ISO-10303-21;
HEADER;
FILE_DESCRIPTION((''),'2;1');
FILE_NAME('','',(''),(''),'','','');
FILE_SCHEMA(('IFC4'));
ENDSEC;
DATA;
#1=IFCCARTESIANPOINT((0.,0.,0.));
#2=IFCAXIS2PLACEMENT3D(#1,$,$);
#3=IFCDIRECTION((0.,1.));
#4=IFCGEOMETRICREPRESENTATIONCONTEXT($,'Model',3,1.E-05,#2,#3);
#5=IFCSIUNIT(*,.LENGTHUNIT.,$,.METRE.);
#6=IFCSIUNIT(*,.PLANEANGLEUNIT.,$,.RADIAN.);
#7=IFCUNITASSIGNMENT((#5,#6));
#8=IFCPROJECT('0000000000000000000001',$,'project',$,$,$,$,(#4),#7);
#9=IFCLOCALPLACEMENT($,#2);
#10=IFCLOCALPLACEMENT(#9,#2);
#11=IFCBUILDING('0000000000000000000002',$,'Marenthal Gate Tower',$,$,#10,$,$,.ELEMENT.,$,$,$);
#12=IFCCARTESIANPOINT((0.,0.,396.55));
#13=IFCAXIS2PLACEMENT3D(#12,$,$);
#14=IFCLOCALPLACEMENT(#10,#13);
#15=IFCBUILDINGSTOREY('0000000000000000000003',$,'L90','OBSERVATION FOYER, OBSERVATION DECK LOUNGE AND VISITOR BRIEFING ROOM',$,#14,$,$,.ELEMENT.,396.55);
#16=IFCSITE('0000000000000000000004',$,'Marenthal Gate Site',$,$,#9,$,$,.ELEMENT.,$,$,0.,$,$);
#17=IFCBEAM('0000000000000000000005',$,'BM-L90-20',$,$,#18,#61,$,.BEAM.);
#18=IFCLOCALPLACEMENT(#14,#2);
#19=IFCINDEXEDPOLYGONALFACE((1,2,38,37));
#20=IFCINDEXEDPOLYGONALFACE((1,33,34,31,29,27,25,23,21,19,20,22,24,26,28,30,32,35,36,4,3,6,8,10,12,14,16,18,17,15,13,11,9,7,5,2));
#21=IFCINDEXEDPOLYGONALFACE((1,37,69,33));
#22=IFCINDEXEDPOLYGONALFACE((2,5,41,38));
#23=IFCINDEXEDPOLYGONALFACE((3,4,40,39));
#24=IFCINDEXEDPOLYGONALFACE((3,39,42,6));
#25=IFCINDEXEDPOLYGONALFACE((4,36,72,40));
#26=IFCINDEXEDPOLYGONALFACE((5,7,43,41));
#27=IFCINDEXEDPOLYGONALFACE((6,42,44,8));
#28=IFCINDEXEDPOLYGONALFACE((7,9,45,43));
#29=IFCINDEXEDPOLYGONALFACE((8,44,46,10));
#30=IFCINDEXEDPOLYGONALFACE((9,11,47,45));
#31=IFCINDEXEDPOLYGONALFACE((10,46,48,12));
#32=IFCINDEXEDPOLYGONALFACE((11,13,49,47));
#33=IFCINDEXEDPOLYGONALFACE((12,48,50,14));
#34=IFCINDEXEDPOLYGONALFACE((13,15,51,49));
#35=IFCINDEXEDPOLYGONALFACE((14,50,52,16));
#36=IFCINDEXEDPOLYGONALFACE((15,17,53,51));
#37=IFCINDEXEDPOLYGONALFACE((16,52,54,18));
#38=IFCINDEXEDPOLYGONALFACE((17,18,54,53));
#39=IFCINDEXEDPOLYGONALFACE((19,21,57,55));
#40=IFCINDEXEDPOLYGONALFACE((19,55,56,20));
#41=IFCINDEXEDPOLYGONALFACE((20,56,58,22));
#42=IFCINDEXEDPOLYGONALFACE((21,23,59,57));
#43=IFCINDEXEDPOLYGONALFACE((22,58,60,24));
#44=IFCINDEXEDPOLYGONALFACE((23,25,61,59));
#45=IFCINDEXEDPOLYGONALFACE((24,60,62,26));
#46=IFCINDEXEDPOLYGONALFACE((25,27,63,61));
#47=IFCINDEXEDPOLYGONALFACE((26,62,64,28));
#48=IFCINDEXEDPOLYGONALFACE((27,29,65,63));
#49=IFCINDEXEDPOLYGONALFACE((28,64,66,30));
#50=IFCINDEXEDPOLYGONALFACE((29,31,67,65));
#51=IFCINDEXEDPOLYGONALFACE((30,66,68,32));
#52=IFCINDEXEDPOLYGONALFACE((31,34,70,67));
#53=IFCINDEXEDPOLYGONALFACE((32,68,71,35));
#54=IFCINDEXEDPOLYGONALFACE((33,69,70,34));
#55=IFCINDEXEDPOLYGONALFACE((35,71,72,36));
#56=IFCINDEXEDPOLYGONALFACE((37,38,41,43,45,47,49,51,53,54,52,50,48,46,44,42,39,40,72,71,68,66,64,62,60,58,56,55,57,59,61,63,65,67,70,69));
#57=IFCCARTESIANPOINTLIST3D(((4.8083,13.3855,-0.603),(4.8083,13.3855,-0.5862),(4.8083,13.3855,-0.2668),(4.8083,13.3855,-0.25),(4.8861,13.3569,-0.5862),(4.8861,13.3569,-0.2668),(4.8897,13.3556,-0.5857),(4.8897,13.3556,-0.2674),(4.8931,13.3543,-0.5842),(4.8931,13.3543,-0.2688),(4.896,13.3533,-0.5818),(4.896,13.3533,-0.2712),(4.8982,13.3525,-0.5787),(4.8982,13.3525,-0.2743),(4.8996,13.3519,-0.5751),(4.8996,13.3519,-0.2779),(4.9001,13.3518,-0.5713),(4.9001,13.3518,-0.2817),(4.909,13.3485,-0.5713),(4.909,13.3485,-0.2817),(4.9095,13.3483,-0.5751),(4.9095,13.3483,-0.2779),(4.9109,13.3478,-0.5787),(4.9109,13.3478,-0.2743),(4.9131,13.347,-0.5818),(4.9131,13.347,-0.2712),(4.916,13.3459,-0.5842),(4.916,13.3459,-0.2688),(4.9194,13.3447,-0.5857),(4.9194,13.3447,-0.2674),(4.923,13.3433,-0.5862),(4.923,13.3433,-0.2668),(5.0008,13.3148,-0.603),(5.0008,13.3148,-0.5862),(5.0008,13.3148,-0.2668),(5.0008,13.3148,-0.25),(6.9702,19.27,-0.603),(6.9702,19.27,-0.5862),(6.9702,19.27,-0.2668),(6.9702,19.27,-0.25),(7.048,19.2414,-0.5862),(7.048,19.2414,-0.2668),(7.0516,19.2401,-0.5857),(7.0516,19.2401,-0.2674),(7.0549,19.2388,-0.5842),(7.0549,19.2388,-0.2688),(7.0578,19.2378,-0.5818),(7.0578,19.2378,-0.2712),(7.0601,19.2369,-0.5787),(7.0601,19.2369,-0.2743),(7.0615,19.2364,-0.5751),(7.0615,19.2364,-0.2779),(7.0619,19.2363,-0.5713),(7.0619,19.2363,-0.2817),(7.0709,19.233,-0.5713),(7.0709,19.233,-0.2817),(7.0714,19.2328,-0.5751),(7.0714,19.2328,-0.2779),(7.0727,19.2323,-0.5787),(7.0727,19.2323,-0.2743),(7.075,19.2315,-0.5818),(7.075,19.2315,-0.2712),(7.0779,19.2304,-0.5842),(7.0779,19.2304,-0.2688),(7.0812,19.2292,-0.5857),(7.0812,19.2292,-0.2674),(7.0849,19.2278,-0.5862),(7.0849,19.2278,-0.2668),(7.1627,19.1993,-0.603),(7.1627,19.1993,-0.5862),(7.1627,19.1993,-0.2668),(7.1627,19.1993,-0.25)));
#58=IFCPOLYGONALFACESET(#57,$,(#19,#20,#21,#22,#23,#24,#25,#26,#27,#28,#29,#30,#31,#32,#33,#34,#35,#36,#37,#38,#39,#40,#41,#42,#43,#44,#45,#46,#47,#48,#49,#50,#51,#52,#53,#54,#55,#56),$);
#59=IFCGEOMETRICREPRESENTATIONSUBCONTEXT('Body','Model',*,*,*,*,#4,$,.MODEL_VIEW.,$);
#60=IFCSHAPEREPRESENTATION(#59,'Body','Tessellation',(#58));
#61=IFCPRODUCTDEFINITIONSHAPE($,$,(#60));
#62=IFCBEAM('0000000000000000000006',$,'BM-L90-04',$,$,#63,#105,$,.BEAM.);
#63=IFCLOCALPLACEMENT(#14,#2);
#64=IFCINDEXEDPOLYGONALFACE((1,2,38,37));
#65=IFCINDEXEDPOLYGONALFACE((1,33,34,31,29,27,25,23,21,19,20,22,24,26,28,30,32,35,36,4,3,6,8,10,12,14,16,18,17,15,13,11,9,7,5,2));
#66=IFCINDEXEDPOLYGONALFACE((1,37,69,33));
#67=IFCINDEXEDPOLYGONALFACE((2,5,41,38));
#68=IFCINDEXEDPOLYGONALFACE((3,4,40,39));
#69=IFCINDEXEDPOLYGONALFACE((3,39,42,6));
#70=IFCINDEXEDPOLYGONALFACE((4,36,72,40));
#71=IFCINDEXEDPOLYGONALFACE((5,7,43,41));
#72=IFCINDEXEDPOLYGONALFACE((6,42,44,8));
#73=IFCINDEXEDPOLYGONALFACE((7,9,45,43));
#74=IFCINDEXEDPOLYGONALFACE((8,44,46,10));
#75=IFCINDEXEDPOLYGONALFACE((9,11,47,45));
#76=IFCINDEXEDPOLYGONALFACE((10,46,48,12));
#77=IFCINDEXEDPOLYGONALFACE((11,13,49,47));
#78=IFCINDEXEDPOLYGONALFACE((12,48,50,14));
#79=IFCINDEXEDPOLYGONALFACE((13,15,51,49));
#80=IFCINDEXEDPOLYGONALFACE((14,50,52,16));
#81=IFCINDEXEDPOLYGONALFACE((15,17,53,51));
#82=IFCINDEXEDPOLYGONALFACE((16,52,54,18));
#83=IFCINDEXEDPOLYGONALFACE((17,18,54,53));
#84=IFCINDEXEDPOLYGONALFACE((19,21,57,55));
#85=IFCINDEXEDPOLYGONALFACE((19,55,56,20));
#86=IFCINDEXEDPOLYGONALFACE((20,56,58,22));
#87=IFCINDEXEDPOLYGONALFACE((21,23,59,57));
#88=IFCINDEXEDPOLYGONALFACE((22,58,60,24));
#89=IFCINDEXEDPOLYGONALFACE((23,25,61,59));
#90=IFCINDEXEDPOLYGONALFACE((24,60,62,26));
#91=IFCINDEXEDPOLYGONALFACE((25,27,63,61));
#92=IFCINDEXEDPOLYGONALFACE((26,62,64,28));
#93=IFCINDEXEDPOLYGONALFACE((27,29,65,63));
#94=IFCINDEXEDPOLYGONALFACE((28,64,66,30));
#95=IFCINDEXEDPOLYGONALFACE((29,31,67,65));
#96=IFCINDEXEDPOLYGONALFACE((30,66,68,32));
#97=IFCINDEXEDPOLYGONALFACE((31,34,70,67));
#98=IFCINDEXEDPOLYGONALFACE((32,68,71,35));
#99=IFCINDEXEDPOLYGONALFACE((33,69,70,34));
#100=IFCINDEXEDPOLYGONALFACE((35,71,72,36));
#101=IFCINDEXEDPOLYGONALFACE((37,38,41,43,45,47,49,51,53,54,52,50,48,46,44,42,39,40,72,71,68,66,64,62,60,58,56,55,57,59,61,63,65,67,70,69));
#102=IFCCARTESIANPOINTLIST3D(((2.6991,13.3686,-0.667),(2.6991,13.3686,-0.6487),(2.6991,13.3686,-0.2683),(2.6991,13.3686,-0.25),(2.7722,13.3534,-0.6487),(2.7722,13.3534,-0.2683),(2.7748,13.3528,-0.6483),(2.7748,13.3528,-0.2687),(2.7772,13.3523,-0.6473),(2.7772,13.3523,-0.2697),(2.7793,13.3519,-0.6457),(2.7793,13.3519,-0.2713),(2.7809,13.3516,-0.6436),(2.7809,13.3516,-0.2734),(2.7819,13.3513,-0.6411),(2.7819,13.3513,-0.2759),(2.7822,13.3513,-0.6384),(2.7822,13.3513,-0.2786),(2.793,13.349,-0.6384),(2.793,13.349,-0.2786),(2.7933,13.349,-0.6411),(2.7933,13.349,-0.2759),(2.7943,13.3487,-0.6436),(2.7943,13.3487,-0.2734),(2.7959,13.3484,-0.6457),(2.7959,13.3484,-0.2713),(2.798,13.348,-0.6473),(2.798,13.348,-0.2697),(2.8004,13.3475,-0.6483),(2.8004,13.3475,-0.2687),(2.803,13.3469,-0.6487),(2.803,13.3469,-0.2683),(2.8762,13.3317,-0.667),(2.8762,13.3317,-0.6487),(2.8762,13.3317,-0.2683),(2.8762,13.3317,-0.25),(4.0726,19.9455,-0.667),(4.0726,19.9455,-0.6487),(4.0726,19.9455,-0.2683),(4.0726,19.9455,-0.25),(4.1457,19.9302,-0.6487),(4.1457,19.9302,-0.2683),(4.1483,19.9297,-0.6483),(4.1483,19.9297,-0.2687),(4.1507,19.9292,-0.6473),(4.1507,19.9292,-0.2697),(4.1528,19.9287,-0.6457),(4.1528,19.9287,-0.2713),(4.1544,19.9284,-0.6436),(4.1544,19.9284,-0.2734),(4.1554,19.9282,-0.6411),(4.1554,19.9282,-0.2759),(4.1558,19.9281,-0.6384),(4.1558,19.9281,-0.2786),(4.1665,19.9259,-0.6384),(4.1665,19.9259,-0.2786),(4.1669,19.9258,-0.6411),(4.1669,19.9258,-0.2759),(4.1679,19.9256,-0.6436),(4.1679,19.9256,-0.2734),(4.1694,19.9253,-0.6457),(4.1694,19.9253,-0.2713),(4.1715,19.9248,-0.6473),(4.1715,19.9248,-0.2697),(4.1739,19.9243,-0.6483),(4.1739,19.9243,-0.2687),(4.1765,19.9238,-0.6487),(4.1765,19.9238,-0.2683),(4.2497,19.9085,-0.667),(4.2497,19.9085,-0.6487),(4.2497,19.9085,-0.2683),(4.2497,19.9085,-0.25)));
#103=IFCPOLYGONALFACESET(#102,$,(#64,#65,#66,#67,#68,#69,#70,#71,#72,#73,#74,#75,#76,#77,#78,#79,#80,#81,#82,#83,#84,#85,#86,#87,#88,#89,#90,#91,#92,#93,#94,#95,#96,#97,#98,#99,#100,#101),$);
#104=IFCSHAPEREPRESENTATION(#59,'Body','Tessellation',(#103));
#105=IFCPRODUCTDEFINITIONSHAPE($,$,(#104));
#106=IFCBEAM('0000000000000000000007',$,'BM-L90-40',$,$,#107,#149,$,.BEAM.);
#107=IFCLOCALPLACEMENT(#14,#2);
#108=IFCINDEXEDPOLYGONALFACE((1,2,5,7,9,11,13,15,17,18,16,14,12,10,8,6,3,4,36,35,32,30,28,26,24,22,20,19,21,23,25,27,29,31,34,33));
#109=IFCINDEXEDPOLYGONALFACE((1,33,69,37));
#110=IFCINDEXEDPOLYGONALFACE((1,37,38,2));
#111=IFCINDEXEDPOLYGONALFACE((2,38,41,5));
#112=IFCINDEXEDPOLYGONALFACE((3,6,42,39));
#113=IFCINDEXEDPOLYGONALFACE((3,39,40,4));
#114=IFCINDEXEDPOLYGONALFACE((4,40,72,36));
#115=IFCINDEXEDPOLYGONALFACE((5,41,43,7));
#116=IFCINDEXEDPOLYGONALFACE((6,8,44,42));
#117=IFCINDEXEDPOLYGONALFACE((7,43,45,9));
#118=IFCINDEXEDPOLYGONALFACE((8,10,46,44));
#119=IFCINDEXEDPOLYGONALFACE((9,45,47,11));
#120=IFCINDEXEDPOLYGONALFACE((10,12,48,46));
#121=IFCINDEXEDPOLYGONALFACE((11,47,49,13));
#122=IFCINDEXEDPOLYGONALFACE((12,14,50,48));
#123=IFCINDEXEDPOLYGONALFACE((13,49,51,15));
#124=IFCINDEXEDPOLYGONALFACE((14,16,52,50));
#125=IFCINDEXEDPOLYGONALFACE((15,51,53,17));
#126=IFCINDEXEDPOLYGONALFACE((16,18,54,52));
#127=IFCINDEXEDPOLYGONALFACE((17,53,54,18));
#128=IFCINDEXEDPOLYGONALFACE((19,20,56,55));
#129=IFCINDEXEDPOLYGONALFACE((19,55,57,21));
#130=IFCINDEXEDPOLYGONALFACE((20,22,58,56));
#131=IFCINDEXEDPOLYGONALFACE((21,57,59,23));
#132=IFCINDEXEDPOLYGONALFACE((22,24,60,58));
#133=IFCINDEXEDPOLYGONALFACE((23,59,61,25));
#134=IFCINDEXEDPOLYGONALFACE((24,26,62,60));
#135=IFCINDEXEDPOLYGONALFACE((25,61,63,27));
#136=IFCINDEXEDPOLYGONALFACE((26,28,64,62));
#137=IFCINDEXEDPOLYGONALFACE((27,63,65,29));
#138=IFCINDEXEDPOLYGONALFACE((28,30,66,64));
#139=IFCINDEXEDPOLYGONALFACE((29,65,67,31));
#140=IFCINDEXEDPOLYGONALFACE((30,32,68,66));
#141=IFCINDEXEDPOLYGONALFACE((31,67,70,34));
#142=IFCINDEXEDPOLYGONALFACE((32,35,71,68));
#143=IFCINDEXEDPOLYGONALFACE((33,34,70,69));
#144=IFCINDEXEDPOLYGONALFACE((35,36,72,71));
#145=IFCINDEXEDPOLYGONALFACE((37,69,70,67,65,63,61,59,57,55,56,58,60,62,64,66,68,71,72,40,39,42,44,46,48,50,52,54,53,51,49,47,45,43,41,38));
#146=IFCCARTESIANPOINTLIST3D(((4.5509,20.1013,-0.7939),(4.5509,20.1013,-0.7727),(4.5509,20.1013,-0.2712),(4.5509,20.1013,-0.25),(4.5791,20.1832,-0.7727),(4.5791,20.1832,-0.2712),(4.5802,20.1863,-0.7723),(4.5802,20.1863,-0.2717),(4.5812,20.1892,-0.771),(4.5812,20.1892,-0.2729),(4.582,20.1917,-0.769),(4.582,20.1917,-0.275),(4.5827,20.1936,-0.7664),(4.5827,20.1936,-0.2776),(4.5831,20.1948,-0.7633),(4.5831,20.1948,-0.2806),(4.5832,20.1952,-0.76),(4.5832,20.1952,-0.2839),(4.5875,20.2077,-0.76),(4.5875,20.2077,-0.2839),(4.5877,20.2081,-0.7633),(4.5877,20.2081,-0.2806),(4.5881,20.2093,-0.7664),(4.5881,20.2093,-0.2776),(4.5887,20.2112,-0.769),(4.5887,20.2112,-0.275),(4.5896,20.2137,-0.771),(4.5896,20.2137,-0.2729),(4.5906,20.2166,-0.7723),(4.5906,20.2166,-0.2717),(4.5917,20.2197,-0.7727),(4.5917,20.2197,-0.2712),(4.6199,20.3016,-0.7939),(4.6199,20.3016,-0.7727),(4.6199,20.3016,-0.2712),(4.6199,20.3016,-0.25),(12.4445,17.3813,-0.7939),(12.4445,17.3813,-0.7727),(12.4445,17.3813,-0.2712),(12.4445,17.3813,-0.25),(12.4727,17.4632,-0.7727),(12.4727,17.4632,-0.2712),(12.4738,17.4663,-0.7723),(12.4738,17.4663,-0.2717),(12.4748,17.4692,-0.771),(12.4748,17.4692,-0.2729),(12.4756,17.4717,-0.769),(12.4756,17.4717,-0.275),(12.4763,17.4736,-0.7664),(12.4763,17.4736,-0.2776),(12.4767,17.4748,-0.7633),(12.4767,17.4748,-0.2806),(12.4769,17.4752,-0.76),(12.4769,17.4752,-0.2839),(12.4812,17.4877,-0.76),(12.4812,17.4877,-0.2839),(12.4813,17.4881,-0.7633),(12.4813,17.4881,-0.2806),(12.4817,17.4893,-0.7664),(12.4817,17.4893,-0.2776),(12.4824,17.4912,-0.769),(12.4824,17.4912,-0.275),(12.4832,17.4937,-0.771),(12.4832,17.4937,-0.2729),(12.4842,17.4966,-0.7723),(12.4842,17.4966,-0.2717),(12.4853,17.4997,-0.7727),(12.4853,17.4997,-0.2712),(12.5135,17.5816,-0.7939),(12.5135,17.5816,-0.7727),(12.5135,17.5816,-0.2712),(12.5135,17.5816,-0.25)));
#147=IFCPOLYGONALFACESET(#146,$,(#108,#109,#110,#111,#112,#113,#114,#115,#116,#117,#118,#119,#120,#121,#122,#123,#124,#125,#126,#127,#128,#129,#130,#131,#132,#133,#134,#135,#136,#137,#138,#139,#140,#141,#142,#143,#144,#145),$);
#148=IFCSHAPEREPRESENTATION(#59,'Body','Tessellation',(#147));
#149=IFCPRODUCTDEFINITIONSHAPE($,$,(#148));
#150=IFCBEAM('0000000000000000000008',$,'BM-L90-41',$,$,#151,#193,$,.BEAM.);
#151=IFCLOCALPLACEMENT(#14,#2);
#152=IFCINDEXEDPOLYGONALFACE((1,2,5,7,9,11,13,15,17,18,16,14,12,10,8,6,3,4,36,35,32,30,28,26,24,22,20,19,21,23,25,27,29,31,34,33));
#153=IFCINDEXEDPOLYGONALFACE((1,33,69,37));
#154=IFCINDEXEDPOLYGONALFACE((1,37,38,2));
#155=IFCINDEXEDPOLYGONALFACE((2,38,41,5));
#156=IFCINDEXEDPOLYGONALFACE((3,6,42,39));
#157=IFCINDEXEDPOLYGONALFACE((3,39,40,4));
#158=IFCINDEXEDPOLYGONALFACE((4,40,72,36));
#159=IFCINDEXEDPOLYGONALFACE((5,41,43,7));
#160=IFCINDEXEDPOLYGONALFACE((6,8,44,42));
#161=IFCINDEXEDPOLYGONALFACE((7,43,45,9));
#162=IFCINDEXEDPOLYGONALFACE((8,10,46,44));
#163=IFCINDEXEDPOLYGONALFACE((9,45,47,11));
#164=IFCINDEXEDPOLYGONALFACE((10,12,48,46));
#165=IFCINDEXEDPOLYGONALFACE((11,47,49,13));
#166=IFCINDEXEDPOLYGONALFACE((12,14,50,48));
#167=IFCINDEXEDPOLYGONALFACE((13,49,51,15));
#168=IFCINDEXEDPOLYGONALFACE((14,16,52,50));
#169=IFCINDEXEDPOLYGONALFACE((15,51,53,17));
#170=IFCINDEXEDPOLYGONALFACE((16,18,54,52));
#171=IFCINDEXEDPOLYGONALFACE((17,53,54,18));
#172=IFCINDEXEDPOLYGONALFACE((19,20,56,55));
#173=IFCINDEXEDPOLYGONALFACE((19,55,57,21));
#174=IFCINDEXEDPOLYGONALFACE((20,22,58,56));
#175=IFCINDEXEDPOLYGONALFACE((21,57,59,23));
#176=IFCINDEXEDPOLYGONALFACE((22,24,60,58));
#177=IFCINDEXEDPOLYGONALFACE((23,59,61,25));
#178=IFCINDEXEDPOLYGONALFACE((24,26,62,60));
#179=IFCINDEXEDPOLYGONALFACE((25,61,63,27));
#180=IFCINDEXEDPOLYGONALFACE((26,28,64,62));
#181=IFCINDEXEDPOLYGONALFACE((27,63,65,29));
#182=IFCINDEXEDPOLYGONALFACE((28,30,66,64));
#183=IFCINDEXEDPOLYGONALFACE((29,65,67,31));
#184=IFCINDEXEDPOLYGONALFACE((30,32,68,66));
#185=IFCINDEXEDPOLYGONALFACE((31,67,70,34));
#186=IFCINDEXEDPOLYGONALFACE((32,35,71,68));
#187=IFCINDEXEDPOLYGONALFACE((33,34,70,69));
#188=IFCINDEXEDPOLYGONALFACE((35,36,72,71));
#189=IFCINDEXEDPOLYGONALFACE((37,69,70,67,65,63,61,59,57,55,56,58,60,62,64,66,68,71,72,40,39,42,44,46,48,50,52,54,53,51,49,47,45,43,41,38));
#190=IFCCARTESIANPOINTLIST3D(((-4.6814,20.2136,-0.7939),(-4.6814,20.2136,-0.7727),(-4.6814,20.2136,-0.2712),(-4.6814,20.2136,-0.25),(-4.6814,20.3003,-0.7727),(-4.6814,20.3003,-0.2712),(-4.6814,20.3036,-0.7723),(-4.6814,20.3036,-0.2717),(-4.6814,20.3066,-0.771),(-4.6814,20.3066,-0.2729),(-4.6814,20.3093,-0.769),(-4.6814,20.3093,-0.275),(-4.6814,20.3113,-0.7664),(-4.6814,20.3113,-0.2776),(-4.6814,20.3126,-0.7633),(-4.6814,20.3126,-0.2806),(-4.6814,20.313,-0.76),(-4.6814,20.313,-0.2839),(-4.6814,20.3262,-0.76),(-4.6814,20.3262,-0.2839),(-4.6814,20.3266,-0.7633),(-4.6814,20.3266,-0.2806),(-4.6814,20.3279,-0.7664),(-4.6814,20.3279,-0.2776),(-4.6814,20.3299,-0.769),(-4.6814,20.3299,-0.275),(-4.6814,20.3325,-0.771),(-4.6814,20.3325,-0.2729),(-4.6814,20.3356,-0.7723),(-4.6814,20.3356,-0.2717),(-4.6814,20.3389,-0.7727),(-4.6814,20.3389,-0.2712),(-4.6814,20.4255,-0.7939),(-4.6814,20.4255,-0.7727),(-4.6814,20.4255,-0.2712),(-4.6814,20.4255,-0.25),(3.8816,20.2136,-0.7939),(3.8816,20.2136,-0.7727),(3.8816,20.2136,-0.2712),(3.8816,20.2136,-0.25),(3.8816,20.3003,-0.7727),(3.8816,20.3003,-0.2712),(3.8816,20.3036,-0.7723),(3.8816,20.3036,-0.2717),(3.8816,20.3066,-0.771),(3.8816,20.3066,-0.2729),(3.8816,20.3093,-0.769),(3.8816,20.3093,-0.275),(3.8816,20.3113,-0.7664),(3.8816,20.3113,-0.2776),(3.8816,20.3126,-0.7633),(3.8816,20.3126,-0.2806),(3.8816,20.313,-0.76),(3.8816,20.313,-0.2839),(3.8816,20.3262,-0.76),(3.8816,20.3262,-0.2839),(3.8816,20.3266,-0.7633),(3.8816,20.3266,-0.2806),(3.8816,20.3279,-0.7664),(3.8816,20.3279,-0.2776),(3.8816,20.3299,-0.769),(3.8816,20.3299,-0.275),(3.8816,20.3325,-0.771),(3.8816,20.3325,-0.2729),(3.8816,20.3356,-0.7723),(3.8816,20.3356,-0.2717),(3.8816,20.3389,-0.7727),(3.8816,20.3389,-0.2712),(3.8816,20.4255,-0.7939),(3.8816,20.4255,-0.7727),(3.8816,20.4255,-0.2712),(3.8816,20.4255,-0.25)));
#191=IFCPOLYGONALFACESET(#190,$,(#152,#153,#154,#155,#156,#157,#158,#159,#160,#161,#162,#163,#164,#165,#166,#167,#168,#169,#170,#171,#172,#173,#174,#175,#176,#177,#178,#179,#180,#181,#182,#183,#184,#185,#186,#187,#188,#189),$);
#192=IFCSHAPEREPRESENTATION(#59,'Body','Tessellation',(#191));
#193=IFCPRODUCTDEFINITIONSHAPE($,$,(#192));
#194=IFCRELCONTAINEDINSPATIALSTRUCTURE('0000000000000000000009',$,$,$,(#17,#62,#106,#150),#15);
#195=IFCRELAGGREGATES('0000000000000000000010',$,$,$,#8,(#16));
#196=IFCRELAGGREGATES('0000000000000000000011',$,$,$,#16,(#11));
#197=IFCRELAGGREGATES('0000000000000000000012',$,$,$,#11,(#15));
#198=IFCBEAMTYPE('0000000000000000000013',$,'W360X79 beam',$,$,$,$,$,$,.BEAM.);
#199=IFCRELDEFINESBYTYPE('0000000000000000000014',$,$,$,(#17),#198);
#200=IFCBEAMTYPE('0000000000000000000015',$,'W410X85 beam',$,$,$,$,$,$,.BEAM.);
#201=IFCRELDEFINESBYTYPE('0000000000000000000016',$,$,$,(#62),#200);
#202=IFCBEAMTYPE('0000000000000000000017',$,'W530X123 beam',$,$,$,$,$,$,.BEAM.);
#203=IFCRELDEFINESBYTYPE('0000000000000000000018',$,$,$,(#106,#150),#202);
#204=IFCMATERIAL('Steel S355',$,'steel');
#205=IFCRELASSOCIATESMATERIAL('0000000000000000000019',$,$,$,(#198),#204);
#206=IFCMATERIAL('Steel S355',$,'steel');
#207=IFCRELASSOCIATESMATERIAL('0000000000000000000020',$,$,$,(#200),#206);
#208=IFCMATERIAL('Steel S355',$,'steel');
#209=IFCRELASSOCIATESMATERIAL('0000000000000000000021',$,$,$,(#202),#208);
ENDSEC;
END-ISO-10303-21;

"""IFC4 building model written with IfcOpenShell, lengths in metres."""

from ifc_helpers import new_model, si_unit, direction, frame, origin, origin_2d, place, context, subcontext, project, spatial, i_section, extrude, material, material_profile, profile_set, type_object, element, save


model = new_model("IFC4")

# Units and contexts
model_context = context("Model", 3, precision=1e-05, world=origin(), true_north=direction((0.0, 1.0)))
body_context = subcontext(model_context, "Body", "Model", "MODEL_VIEW")
ifc_project = project(units=[si_unit("LENGTHUNIT", "METRE"), si_unit("PLANEANGLEUNIT", "RADIAN")], contexts=[model_context])

# Site, building, storey
site_placement = place(None, origin())
site = spatial("IfcSite", under=ifc_project, at=site_placement, Name="Marenthal Gate Site", CompositionType="ELEMENT", RefElevation=0.0)
building_placement = place(site_placement, origin())
building = spatial("IfcBuilding", under=site, at=building_placement, Name="Marenthal Gate Tower", CompositionType="ELEMENT")
storey_placement = place(building_placement, frame((0.0, 0.0, 396.55)))
storey = spatial("IfcBuildingStorey", under=building, at=storey_placement, Name="L90", Description="OBSERVATION FOYER, OBSERVATION DECK LOUNGE AND VISITOR BRIEFING ROOM", CompositionType="ELEMENT", Elevation=396.55)

# Beams
ifc_material_1 = material(Name="Steel S355", Category="steel")
ifc_material_profile_1 = material_profile(ifc_material_1, i_section(OverallWidth=0.2051, OverallDepth=0.353, WebThickness=0.0095, FlangeThickness=0.0168, FilletRadius=0.0149, at=origin_2d()), Name="W360X79")
ifc_profile_set_1 = profile_set([ifc_material_profile_1], Name="Steel S355")
beam_type_1 = type_object("IfcBeamType", Name="W360X79 beam", PredefinedType="BEAM", material=ifc_profile_set_1)
beam_1_placement = place(storey_placement, frame((7.0664, 19.2346, -0.4265), z_axis=(-0.344846, -0.938659, 0.0), x_axis=(0.938659, -0.344846, 0.0)))
element("IfcBeam", 1, at=beam_1_placement, inside=storey, type_object=beam_type_1, Name="BM-L90-20", PredefinedType="BEAM", context=body_context, shape_type="SweptSolid", body=[
    extrude(i_section(OverallWidth=0.2051, OverallDepth=0.353, WebThickness=0.0095, FlangeThickness=0.0168, FilletRadius=0.0149, at=origin_2d()), origin(), (0.0, 0.0, 1.0), 6.269),
])
ifc_material_2 = material(Name="Steel S355", Category="steel")
ifc_material_profile_2 = material_profile(ifc_material_2, i_section(OverallWidth=0.1809, OverallDepth=0.417, WebThickness=0.011, FlangeThickness=0.0183, FilletRadius=0.0103, at=origin_2d()), Name="W410X85")
ifc_profile_set_2 = profile_set([ifc_material_profile_2], Name="Steel S355")
beam_type_2 = type_object("IfcBeamType", Name="W410X85 beam", PredefinedType="BEAM", material=ifc_profile_set_2)
beam_2_placement = place(storey_placement, frame((4.1611, 19.927, -0.4585), z_axis=(-0.204432, -0.978881, 0.0), x_axis=(0.978881, -0.204432, 0.0)))
element("IfcBeam", 2, at=beam_2_placement, inside=storey, type_object=beam_type_2, Name="BM-L90-04", PredefinedType="BEAM", context=body_context, shape_type="SweptSolid", body=[
    extrude(i_section(OverallWidth=0.1809, OverallDepth=0.417, WebThickness=0.011, FlangeThickness=0.0183, FilletRadius=0.0103, at=origin_2d()), origin(), (0.0, 0.0, 1.0), 6.7188),
])
ifc_material_3 = material(Name="Steel S355", Category="steel")
ifc_material_profile_3 = material_profile(ifc_material_3, i_section(OverallWidth=0.2119, OverallDepth=0.5439, WebThickness=0.0132, FlangeThickness=0.0212, FilletRadius=0.0127, at=origin_2d()), Name="W530X123")
ifc_profile_set_3 = profile_set([ifc_material_profile_3], Name="Steel S355")
beam_type_3 = type_object("IfcBeamType", Name="W530X123 beam", PredefinedType="BEAM", material=ifc_profile_set_3)
beam_3_placement = place(storey_placement, frame((12.479, 17.4814, -0.522), z_axis=(-0.945445, 0.325783, 0.0), x_axis=(-0.325783, -0.945445, 0.0)))
element("IfcBeam", 3, at=beam_3_placement, inside=storey, type_object=beam_type_3, Name="BM-L90-40", PredefinedType="BEAM", context=body_context, shape_type="SweptSolid", body=[
    extrude(i_section(OverallWidth=0.2119, OverallDepth=0.5439, WebThickness=0.0132, FlangeThickness=0.0212, FilletRadius=0.0127, at=origin_2d()), origin(), (0.0, 0.0, 1.0), 8.3491),
])
beam_4_placement = place(storey_placement, frame((3.8816, 20.3196, -0.522), z_axis=(-1.0, 0.0, 0.0), x_axis=(0.0, -1.0, 0.0)))
element("IfcBeam", 4, at=beam_4_placement, inside=storey, type_object=beam_type_3, Name="BM-L90-41", PredefinedType="BEAM", context=body_context, shape_type="SweptSolid", body=[
    extrude(i_section(OverallWidth=0.2119, OverallDepth=0.5439, WebThickness=0.0132, FlangeThickness=0.0212, FilletRadius=0.0127, at=origin_2d()), origin(), (0.0, 0.0, 1.0), 8.563),
])

save(model, "model.ifc")
